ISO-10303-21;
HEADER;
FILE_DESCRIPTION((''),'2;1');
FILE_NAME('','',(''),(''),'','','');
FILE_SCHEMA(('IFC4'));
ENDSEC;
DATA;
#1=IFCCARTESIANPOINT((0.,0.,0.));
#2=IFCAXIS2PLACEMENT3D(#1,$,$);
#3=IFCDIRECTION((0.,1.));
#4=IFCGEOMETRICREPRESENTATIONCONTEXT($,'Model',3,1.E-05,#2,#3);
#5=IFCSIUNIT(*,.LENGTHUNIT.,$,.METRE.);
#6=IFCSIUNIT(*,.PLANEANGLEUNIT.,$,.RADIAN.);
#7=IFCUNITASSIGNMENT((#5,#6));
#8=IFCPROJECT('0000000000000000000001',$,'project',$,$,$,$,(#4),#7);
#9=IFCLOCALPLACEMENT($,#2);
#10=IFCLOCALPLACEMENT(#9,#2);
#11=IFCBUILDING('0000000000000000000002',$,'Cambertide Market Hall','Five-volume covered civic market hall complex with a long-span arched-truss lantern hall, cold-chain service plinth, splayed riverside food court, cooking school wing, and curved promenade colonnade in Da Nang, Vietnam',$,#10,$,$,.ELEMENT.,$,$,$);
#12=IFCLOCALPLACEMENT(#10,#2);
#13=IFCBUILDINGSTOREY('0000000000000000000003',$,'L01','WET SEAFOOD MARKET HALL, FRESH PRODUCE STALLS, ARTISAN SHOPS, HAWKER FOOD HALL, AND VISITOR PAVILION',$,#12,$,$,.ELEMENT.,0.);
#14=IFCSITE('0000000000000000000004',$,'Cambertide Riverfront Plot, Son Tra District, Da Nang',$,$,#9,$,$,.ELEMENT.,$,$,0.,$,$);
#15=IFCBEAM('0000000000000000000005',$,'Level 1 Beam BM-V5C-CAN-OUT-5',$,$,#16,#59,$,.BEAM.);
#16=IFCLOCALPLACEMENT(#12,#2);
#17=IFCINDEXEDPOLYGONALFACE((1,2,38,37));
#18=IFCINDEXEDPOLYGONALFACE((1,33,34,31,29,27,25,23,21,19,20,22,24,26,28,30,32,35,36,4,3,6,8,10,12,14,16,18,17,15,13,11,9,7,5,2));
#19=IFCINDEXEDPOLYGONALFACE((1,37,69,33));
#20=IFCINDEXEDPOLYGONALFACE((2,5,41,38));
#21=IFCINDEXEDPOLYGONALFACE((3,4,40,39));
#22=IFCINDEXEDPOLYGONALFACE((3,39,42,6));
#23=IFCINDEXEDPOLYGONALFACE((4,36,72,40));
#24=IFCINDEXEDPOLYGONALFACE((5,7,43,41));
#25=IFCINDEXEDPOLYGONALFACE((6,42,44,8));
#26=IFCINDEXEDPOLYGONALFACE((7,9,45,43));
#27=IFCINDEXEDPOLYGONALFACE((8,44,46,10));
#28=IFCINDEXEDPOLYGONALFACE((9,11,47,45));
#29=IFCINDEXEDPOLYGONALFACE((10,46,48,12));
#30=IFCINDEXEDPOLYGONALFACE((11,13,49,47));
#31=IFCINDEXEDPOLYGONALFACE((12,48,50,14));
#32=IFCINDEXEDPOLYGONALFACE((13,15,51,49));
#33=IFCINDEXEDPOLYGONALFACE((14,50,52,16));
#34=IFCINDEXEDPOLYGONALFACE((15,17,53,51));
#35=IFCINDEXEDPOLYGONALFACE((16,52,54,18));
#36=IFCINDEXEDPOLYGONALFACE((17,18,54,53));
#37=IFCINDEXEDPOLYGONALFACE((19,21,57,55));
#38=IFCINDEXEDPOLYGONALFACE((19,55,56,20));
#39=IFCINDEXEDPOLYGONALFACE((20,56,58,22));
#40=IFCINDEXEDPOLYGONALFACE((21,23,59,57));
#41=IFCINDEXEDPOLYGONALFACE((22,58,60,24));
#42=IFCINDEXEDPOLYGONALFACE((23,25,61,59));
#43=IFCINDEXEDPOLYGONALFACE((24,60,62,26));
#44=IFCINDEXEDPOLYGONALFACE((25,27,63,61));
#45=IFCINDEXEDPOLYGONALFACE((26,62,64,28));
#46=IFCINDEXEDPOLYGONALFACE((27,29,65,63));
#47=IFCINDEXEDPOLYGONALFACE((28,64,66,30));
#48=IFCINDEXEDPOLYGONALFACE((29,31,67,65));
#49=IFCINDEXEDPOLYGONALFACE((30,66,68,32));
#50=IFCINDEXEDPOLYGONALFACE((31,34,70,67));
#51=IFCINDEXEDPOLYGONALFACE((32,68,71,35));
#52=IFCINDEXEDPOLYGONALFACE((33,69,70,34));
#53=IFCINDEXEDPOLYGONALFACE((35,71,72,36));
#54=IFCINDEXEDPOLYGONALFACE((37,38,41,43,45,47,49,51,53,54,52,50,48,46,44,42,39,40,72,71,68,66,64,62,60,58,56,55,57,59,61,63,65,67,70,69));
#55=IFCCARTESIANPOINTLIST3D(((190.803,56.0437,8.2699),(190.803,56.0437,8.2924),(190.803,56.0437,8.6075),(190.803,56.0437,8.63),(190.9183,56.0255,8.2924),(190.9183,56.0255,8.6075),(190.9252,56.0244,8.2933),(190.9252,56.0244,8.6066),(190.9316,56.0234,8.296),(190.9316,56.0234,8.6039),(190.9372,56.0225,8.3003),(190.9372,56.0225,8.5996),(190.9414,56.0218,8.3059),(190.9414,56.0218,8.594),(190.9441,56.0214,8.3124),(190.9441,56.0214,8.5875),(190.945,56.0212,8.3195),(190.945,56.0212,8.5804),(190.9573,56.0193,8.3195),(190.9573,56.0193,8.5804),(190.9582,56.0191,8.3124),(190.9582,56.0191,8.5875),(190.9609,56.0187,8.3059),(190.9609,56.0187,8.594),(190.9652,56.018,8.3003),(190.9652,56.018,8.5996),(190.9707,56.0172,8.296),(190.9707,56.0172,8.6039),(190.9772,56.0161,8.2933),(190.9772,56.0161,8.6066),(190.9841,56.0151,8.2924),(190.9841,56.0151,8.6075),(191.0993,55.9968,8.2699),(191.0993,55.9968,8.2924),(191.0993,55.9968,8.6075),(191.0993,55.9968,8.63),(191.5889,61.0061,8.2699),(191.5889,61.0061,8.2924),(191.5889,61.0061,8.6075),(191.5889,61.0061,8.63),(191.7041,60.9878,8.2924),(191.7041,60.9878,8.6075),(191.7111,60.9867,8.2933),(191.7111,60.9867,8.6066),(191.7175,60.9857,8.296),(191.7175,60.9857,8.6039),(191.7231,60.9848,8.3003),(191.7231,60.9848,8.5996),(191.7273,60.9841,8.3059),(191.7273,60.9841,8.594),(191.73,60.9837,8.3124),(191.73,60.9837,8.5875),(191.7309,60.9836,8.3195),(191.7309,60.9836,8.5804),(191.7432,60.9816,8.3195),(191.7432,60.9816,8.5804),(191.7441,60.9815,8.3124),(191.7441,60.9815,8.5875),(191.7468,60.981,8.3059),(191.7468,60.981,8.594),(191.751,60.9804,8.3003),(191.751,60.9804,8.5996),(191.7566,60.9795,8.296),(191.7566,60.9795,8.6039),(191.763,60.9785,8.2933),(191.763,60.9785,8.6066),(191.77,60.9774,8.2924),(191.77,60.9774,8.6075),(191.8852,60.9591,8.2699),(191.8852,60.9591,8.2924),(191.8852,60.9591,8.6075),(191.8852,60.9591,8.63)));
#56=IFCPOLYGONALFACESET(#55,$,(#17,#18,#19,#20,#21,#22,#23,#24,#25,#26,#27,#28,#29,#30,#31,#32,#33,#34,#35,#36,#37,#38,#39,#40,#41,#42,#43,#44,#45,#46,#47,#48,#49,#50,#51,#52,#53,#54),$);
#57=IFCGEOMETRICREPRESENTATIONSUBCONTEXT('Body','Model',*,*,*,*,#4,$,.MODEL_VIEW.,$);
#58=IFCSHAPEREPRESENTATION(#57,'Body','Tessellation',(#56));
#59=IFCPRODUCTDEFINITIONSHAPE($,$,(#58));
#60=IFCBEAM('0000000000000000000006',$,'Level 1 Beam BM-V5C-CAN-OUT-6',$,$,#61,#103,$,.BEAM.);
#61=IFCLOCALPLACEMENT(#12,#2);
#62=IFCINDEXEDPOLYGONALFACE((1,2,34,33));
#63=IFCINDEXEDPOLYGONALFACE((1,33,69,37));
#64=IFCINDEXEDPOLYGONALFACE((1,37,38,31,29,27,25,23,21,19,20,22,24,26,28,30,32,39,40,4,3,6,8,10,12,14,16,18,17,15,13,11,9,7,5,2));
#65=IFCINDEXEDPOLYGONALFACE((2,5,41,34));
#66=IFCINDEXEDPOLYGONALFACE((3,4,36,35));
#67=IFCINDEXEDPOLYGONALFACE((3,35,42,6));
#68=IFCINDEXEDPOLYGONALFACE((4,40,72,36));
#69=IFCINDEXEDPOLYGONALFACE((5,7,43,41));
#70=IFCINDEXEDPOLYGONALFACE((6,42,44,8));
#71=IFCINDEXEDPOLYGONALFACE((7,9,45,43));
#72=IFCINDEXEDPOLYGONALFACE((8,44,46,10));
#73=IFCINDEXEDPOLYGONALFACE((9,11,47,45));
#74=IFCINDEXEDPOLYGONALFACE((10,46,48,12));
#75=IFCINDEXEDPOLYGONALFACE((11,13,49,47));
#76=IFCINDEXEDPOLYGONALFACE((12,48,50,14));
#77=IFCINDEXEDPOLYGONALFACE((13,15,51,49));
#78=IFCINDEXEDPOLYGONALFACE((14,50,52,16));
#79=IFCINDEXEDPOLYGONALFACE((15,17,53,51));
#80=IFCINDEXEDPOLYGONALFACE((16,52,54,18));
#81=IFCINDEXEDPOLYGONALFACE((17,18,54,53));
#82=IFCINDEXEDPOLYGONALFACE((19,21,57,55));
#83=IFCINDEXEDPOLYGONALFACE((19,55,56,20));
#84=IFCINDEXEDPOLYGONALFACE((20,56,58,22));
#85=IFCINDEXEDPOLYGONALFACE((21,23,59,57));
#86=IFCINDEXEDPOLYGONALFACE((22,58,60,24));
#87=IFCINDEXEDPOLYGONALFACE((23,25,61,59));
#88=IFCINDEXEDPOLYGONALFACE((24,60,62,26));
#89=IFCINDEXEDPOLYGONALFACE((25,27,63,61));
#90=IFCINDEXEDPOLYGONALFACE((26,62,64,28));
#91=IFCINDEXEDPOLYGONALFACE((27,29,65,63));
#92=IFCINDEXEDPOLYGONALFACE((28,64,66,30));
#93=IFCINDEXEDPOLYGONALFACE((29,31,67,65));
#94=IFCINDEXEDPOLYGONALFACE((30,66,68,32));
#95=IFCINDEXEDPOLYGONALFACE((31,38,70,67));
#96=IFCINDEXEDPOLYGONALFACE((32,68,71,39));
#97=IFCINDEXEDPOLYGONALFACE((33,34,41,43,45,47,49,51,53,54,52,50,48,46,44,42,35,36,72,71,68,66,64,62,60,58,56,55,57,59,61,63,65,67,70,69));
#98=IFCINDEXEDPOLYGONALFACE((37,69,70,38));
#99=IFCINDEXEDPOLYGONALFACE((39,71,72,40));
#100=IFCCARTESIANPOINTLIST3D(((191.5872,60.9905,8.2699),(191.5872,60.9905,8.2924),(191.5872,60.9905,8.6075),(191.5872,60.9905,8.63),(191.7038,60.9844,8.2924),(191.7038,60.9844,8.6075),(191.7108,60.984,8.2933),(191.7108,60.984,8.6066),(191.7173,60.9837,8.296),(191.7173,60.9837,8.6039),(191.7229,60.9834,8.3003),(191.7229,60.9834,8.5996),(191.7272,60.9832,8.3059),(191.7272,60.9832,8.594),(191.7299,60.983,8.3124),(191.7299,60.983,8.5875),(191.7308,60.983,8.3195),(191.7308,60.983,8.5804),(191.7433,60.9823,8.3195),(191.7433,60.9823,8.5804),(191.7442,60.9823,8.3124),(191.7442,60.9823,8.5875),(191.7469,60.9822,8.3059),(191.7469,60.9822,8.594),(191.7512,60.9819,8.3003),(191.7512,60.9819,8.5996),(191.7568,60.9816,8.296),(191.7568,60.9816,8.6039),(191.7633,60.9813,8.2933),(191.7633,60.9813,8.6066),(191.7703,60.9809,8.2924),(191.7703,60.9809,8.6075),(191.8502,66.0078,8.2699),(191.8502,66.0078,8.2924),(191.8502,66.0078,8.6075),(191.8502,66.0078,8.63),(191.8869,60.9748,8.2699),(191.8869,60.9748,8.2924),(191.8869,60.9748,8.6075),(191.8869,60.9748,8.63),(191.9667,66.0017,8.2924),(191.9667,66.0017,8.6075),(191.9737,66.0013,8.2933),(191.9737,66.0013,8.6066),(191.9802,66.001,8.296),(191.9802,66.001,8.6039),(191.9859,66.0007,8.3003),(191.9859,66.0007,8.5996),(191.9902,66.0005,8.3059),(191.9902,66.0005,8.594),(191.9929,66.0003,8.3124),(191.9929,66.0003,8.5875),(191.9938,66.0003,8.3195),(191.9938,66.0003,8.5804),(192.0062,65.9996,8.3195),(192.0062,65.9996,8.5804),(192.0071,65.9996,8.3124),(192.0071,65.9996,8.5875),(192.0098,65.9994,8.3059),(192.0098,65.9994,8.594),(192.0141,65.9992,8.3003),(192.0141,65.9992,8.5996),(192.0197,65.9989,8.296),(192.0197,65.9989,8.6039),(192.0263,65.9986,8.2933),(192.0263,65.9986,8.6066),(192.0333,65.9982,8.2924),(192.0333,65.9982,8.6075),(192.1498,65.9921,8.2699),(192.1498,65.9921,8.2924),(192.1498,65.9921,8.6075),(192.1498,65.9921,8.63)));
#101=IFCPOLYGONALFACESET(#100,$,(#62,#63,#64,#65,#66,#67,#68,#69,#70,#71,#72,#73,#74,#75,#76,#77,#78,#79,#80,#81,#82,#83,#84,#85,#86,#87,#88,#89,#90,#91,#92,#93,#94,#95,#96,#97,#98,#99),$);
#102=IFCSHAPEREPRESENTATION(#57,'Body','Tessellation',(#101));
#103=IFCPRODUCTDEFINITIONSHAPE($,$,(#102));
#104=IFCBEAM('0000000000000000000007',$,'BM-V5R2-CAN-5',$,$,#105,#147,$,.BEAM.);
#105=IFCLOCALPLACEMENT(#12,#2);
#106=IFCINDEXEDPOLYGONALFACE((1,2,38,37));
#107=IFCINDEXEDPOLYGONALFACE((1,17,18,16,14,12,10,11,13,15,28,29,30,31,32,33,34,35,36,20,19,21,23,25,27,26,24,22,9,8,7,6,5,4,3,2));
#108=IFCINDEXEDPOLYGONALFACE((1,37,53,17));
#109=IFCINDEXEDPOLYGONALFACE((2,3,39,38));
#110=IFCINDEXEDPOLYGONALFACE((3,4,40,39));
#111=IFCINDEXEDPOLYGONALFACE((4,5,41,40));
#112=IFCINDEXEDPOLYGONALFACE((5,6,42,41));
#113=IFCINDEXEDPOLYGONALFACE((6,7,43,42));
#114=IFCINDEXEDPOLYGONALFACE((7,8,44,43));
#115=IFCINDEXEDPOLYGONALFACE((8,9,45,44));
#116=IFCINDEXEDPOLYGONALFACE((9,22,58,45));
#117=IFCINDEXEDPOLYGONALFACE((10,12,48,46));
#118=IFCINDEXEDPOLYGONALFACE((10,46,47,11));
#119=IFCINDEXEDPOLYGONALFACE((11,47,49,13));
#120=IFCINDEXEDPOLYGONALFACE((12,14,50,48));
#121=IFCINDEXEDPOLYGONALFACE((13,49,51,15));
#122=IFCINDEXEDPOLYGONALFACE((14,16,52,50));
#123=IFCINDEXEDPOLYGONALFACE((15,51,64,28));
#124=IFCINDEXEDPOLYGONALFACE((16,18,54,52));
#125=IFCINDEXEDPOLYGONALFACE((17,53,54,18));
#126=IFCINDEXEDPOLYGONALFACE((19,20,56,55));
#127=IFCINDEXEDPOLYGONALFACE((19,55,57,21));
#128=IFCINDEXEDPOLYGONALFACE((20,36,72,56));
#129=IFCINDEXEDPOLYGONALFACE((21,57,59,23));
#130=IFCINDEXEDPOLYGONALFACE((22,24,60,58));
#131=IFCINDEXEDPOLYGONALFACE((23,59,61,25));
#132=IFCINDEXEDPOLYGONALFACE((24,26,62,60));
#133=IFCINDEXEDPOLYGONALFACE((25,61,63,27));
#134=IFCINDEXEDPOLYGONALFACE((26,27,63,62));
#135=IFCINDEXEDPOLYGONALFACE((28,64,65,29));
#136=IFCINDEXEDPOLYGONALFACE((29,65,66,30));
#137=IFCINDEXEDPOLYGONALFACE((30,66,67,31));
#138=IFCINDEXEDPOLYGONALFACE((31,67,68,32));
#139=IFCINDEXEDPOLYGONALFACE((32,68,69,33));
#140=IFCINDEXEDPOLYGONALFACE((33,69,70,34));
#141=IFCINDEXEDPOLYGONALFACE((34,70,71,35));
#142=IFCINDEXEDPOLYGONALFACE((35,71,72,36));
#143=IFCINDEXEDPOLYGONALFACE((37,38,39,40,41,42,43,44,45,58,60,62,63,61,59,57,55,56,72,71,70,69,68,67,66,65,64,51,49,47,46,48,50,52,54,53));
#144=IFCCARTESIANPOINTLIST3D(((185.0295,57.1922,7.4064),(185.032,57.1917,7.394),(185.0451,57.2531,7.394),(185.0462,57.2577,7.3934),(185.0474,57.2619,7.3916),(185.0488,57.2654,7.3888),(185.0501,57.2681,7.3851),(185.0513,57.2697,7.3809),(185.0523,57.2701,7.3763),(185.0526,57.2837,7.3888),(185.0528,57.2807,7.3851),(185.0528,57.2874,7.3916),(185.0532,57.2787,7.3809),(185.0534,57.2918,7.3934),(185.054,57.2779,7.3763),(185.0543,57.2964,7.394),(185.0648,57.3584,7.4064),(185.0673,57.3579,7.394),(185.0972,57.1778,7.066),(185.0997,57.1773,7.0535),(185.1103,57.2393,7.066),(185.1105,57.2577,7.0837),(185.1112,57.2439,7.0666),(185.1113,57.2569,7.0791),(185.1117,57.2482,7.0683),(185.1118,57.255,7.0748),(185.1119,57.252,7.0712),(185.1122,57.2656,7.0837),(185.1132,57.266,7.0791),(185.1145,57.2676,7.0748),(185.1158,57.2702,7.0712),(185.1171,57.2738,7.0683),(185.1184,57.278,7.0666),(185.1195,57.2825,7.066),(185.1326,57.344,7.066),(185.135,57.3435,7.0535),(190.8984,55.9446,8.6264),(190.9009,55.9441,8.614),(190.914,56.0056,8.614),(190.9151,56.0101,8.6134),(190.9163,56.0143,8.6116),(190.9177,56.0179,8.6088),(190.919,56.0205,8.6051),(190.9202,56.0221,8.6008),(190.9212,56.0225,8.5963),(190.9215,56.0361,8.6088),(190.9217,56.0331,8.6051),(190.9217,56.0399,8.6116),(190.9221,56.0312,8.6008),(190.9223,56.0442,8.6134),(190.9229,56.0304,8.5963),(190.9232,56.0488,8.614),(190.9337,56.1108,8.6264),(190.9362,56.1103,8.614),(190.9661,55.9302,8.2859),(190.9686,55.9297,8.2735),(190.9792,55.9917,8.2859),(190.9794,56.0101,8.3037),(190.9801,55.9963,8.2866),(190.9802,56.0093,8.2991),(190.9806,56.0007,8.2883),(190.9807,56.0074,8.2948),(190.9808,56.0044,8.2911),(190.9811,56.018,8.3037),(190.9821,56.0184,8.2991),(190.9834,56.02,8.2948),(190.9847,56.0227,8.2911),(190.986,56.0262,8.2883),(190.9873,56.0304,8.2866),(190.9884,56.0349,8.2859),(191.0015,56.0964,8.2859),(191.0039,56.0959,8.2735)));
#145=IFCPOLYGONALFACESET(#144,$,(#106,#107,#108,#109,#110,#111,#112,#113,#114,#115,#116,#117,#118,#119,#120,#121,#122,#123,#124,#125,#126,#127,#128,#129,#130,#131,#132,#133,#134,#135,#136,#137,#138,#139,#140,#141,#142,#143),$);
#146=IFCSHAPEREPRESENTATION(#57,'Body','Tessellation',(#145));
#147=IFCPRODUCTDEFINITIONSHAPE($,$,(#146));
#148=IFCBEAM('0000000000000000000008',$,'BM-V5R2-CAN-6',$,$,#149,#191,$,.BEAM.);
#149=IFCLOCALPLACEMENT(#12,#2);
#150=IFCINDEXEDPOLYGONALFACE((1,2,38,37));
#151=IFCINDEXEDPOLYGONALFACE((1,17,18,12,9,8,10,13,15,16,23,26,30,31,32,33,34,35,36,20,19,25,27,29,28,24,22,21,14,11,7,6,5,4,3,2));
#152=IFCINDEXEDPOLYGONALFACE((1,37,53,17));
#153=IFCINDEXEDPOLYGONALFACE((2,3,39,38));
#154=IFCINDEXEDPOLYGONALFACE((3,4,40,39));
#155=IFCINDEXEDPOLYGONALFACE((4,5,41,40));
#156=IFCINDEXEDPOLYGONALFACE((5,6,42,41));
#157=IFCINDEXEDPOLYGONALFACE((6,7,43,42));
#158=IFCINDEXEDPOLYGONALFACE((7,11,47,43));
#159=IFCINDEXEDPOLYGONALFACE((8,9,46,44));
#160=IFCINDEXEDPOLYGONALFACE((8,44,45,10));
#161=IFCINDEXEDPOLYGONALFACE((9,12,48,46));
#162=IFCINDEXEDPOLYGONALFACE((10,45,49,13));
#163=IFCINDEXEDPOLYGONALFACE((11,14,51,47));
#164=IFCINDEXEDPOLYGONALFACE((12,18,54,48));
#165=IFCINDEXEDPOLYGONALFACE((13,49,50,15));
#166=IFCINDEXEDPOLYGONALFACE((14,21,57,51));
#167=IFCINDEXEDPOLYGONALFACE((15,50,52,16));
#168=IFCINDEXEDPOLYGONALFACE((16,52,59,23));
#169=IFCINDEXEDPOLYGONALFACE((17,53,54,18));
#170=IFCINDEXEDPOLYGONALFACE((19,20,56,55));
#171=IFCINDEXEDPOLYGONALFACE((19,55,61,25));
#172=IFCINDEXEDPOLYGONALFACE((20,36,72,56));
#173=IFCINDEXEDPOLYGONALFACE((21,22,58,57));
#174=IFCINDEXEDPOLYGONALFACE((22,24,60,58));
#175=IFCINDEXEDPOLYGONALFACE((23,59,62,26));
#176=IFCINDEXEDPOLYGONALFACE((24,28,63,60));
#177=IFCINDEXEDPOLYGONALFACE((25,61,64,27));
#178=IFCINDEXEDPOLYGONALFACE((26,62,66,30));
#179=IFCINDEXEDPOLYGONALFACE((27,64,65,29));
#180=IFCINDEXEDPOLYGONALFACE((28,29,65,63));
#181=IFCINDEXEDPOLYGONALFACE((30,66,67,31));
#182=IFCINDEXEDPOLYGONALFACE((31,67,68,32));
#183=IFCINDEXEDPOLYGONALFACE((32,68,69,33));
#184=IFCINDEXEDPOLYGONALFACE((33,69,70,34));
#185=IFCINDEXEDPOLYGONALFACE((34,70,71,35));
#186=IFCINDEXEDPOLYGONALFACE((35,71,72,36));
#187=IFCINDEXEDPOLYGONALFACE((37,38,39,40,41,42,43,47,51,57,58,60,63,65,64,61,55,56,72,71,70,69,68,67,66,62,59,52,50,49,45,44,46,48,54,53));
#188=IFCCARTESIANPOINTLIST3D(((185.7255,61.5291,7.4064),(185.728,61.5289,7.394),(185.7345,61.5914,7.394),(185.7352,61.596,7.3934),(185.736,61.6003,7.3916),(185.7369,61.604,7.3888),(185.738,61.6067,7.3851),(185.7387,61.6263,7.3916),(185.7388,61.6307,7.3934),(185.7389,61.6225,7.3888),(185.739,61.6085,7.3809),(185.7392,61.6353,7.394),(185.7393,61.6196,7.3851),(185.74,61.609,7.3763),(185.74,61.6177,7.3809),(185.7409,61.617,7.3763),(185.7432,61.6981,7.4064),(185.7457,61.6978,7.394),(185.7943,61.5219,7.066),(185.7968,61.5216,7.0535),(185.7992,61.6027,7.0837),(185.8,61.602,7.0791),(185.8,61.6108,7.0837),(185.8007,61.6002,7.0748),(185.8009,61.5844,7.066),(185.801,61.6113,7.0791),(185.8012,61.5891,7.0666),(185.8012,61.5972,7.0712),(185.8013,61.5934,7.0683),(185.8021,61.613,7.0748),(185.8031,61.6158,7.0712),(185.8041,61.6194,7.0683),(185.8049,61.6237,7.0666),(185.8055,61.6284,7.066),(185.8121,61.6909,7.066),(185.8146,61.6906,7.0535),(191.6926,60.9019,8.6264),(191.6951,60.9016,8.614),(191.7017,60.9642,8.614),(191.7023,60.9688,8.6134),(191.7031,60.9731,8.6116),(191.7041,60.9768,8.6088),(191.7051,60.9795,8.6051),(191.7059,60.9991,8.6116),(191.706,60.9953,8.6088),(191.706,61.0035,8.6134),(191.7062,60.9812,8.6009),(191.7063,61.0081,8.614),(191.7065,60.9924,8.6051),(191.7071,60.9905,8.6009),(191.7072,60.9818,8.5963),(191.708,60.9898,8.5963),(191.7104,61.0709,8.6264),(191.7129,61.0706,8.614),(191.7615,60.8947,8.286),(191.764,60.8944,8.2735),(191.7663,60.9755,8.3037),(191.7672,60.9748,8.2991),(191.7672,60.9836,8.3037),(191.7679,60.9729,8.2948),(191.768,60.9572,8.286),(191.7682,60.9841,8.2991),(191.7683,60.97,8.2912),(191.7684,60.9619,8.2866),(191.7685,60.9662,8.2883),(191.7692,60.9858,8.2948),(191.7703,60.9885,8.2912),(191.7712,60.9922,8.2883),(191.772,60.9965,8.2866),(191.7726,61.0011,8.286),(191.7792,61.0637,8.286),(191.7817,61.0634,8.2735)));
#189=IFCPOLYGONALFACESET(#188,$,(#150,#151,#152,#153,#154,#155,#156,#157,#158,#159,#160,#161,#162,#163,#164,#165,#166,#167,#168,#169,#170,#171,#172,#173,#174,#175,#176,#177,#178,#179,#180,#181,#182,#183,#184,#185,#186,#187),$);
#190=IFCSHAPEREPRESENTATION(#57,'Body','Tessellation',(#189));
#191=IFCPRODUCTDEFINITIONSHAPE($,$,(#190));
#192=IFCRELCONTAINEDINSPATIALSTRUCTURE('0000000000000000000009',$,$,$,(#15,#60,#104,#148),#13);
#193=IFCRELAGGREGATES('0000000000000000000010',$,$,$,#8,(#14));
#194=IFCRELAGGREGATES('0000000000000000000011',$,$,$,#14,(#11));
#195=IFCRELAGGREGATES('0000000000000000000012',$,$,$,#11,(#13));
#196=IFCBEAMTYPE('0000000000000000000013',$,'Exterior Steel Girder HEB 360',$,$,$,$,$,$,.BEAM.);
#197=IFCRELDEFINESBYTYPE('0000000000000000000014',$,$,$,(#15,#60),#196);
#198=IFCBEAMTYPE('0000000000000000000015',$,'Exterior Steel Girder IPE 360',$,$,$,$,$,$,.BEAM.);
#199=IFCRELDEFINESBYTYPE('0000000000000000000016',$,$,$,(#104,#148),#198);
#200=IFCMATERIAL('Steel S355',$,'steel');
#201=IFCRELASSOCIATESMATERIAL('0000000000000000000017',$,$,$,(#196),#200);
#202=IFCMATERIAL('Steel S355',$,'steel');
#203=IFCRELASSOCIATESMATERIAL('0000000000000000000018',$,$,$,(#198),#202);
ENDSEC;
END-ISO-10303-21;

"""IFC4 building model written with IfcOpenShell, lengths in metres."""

from ifc_helpers import new_model, si_unit, direction, frame, origin, origin_2d, place, context, subcontext, project, spatial, i_section, extrude, material, material_profile, profile_set, type_object, element, save


model = new_model("IFC4")

# Units and contexts
model_context = context("Model", 3, precision=1e-05, world=origin(), true_north=direction((0.0, 1.0)))
body_context = subcontext(model_context, "Body", "Model", "MODEL_VIEW")
ifc_project = project(units=[si_unit("LENGTHUNIT", "METRE"), si_unit("PLANEANGLEUNIT", "RADIAN")], contexts=[model_context])

# Site, building, storey
site_placement = place(None, origin())
site = spatial("IfcSite", under=ifc_project, at=site_placement, Name="Cambertide Riverfront Plot, Son Tra District, Da Nang", CompositionType="ELEMENT", RefElevation=0.0)
building_placement = place(site_placement, origin())
building = spatial("IfcBuilding", under=site, at=building_placement, Name="Cambertide Market Hall", Description="Five-volume covered civic market hall complex with a long-span arched-truss lantern hall, cold-chain service plinth, splayed riverside food court, cooking school wing, and curved promenade colonnade in Da Nang, Vietnam", CompositionType="ELEMENT")
storey_placement = place(building_placement, origin())
storey = spatial("IfcBuildingStorey", under=building, at=storey_placement, Name="L01", Description="WET SEAFOOD MARKET HALL, FRESH PRODUCE STALLS, ARTISAN SHOPS, HAWKER FOOD HALL, AND VISITOR PAVILION", CompositionType="ELEMENT", Elevation=0.0)

# Beams
ifc_material_1 = material(Name="Steel S355", Category="steel")
ifc_material_profile_1 = material_profile(ifc_material_1, i_section(OverallWidth=0.3, OverallDepth=0.3601, WebThickness=0.0125, FlangeThickness=0.0225, FilletRadius=0.0271, at=origin_2d()), Name="HEB 360")
ifc_profile_set_1 = profile_set([ifc_material_profile_1], Name="Steel S355")
beam_type_1 = type_object("IfcBeamType", Name="Exterior Steel Girder HEB 360", PredefinedType="BEAM", material=ifc_profile_set_1)
for number, where, z_axis, x_axis, name in (
    (1, (190.9512, 56.0203, 8.45), (0.156419, 0.987691, 0.0), (-0.987691, 0.156419, 0.0), "Level 1 Beam BM-V5C-CAN-OUT-5"),
    (2, (191.7371, 60.9827, 8.45), (0.052334, 0.99863, 0.0), (-0.99863, 0.052334, 0.0), "Level 1 Beam BM-V5C-CAN-OUT-6"),
):
    element("IfcBeam", number, at=place(storey_placement, frame(where, z_axis=z_axis, x_axis=x_axis)), inside=storey, type_object=beam_type_1, Name=name, PredefinedType="BEAM", context=body_context, shape_type="SweptSolid", body=[
        extrude(i_section(OverallWidth=0.3, OverallDepth=0.3601, WebThickness=0.0125, FlangeThickness=0.0225, FilletRadius=0.0271, at=origin_2d()), origin(), (0.0, 0.0, 1.0), 5.0242),
    ])
ifc_material_2 = material(Name="Steel S355", Category="steel")
ifc_material_profile_2 = material_profile(ifc_material_2, i_section(OverallWidth=0.1699, OverallDepth=0.3601, WebThickness=0.0081, FlangeThickness=0.0127, FilletRadius=0.0181, at=origin_2d()), Name="IPE 360")
ifc_profile_set_2 = profile_set([ifc_material_profile_2], Name="Steel S355")
beam_type_2 = type_object("IfcBeamType", Name="Exterior Steel Girder IPE 360", PredefinedType="BEAM", material=ifc_profile_set_2)
for number, where, z_axis, x_axis, name in (
    (3, (185.0823, 57.2678, 7.23), (0.958532, -0.203756, 0.19925), (0.207925, 0.978145, 0.0), "BM-V5R2-CAN-5"),
    (4, (185.77, 61.6099, 7.23), (0.974579, -0.102438, 0.199254), (0.104534, 0.994521, 0.0), "BM-V5R2-CAN-6"),
):
    element("IfcBeam", number, at=place(storey_placement, frame(where, z_axis=z_axis, x_axis=x_axis)), inside=storey, type_object=beam_type_2, Name=name, PredefinedType="BEAM", context=body_context, shape_type="SweptSolid", body=[
        extrude(i_section(OverallWidth=0.1699, OverallDepth=0.3601, WebThickness=0.0081, FlangeThickness=0.0127, FilletRadius=0.0181, at=origin_2d()), origin(), (0.0, 0.0, 1.0), 6.1228),
    ])

save(model, "model.ifc")
